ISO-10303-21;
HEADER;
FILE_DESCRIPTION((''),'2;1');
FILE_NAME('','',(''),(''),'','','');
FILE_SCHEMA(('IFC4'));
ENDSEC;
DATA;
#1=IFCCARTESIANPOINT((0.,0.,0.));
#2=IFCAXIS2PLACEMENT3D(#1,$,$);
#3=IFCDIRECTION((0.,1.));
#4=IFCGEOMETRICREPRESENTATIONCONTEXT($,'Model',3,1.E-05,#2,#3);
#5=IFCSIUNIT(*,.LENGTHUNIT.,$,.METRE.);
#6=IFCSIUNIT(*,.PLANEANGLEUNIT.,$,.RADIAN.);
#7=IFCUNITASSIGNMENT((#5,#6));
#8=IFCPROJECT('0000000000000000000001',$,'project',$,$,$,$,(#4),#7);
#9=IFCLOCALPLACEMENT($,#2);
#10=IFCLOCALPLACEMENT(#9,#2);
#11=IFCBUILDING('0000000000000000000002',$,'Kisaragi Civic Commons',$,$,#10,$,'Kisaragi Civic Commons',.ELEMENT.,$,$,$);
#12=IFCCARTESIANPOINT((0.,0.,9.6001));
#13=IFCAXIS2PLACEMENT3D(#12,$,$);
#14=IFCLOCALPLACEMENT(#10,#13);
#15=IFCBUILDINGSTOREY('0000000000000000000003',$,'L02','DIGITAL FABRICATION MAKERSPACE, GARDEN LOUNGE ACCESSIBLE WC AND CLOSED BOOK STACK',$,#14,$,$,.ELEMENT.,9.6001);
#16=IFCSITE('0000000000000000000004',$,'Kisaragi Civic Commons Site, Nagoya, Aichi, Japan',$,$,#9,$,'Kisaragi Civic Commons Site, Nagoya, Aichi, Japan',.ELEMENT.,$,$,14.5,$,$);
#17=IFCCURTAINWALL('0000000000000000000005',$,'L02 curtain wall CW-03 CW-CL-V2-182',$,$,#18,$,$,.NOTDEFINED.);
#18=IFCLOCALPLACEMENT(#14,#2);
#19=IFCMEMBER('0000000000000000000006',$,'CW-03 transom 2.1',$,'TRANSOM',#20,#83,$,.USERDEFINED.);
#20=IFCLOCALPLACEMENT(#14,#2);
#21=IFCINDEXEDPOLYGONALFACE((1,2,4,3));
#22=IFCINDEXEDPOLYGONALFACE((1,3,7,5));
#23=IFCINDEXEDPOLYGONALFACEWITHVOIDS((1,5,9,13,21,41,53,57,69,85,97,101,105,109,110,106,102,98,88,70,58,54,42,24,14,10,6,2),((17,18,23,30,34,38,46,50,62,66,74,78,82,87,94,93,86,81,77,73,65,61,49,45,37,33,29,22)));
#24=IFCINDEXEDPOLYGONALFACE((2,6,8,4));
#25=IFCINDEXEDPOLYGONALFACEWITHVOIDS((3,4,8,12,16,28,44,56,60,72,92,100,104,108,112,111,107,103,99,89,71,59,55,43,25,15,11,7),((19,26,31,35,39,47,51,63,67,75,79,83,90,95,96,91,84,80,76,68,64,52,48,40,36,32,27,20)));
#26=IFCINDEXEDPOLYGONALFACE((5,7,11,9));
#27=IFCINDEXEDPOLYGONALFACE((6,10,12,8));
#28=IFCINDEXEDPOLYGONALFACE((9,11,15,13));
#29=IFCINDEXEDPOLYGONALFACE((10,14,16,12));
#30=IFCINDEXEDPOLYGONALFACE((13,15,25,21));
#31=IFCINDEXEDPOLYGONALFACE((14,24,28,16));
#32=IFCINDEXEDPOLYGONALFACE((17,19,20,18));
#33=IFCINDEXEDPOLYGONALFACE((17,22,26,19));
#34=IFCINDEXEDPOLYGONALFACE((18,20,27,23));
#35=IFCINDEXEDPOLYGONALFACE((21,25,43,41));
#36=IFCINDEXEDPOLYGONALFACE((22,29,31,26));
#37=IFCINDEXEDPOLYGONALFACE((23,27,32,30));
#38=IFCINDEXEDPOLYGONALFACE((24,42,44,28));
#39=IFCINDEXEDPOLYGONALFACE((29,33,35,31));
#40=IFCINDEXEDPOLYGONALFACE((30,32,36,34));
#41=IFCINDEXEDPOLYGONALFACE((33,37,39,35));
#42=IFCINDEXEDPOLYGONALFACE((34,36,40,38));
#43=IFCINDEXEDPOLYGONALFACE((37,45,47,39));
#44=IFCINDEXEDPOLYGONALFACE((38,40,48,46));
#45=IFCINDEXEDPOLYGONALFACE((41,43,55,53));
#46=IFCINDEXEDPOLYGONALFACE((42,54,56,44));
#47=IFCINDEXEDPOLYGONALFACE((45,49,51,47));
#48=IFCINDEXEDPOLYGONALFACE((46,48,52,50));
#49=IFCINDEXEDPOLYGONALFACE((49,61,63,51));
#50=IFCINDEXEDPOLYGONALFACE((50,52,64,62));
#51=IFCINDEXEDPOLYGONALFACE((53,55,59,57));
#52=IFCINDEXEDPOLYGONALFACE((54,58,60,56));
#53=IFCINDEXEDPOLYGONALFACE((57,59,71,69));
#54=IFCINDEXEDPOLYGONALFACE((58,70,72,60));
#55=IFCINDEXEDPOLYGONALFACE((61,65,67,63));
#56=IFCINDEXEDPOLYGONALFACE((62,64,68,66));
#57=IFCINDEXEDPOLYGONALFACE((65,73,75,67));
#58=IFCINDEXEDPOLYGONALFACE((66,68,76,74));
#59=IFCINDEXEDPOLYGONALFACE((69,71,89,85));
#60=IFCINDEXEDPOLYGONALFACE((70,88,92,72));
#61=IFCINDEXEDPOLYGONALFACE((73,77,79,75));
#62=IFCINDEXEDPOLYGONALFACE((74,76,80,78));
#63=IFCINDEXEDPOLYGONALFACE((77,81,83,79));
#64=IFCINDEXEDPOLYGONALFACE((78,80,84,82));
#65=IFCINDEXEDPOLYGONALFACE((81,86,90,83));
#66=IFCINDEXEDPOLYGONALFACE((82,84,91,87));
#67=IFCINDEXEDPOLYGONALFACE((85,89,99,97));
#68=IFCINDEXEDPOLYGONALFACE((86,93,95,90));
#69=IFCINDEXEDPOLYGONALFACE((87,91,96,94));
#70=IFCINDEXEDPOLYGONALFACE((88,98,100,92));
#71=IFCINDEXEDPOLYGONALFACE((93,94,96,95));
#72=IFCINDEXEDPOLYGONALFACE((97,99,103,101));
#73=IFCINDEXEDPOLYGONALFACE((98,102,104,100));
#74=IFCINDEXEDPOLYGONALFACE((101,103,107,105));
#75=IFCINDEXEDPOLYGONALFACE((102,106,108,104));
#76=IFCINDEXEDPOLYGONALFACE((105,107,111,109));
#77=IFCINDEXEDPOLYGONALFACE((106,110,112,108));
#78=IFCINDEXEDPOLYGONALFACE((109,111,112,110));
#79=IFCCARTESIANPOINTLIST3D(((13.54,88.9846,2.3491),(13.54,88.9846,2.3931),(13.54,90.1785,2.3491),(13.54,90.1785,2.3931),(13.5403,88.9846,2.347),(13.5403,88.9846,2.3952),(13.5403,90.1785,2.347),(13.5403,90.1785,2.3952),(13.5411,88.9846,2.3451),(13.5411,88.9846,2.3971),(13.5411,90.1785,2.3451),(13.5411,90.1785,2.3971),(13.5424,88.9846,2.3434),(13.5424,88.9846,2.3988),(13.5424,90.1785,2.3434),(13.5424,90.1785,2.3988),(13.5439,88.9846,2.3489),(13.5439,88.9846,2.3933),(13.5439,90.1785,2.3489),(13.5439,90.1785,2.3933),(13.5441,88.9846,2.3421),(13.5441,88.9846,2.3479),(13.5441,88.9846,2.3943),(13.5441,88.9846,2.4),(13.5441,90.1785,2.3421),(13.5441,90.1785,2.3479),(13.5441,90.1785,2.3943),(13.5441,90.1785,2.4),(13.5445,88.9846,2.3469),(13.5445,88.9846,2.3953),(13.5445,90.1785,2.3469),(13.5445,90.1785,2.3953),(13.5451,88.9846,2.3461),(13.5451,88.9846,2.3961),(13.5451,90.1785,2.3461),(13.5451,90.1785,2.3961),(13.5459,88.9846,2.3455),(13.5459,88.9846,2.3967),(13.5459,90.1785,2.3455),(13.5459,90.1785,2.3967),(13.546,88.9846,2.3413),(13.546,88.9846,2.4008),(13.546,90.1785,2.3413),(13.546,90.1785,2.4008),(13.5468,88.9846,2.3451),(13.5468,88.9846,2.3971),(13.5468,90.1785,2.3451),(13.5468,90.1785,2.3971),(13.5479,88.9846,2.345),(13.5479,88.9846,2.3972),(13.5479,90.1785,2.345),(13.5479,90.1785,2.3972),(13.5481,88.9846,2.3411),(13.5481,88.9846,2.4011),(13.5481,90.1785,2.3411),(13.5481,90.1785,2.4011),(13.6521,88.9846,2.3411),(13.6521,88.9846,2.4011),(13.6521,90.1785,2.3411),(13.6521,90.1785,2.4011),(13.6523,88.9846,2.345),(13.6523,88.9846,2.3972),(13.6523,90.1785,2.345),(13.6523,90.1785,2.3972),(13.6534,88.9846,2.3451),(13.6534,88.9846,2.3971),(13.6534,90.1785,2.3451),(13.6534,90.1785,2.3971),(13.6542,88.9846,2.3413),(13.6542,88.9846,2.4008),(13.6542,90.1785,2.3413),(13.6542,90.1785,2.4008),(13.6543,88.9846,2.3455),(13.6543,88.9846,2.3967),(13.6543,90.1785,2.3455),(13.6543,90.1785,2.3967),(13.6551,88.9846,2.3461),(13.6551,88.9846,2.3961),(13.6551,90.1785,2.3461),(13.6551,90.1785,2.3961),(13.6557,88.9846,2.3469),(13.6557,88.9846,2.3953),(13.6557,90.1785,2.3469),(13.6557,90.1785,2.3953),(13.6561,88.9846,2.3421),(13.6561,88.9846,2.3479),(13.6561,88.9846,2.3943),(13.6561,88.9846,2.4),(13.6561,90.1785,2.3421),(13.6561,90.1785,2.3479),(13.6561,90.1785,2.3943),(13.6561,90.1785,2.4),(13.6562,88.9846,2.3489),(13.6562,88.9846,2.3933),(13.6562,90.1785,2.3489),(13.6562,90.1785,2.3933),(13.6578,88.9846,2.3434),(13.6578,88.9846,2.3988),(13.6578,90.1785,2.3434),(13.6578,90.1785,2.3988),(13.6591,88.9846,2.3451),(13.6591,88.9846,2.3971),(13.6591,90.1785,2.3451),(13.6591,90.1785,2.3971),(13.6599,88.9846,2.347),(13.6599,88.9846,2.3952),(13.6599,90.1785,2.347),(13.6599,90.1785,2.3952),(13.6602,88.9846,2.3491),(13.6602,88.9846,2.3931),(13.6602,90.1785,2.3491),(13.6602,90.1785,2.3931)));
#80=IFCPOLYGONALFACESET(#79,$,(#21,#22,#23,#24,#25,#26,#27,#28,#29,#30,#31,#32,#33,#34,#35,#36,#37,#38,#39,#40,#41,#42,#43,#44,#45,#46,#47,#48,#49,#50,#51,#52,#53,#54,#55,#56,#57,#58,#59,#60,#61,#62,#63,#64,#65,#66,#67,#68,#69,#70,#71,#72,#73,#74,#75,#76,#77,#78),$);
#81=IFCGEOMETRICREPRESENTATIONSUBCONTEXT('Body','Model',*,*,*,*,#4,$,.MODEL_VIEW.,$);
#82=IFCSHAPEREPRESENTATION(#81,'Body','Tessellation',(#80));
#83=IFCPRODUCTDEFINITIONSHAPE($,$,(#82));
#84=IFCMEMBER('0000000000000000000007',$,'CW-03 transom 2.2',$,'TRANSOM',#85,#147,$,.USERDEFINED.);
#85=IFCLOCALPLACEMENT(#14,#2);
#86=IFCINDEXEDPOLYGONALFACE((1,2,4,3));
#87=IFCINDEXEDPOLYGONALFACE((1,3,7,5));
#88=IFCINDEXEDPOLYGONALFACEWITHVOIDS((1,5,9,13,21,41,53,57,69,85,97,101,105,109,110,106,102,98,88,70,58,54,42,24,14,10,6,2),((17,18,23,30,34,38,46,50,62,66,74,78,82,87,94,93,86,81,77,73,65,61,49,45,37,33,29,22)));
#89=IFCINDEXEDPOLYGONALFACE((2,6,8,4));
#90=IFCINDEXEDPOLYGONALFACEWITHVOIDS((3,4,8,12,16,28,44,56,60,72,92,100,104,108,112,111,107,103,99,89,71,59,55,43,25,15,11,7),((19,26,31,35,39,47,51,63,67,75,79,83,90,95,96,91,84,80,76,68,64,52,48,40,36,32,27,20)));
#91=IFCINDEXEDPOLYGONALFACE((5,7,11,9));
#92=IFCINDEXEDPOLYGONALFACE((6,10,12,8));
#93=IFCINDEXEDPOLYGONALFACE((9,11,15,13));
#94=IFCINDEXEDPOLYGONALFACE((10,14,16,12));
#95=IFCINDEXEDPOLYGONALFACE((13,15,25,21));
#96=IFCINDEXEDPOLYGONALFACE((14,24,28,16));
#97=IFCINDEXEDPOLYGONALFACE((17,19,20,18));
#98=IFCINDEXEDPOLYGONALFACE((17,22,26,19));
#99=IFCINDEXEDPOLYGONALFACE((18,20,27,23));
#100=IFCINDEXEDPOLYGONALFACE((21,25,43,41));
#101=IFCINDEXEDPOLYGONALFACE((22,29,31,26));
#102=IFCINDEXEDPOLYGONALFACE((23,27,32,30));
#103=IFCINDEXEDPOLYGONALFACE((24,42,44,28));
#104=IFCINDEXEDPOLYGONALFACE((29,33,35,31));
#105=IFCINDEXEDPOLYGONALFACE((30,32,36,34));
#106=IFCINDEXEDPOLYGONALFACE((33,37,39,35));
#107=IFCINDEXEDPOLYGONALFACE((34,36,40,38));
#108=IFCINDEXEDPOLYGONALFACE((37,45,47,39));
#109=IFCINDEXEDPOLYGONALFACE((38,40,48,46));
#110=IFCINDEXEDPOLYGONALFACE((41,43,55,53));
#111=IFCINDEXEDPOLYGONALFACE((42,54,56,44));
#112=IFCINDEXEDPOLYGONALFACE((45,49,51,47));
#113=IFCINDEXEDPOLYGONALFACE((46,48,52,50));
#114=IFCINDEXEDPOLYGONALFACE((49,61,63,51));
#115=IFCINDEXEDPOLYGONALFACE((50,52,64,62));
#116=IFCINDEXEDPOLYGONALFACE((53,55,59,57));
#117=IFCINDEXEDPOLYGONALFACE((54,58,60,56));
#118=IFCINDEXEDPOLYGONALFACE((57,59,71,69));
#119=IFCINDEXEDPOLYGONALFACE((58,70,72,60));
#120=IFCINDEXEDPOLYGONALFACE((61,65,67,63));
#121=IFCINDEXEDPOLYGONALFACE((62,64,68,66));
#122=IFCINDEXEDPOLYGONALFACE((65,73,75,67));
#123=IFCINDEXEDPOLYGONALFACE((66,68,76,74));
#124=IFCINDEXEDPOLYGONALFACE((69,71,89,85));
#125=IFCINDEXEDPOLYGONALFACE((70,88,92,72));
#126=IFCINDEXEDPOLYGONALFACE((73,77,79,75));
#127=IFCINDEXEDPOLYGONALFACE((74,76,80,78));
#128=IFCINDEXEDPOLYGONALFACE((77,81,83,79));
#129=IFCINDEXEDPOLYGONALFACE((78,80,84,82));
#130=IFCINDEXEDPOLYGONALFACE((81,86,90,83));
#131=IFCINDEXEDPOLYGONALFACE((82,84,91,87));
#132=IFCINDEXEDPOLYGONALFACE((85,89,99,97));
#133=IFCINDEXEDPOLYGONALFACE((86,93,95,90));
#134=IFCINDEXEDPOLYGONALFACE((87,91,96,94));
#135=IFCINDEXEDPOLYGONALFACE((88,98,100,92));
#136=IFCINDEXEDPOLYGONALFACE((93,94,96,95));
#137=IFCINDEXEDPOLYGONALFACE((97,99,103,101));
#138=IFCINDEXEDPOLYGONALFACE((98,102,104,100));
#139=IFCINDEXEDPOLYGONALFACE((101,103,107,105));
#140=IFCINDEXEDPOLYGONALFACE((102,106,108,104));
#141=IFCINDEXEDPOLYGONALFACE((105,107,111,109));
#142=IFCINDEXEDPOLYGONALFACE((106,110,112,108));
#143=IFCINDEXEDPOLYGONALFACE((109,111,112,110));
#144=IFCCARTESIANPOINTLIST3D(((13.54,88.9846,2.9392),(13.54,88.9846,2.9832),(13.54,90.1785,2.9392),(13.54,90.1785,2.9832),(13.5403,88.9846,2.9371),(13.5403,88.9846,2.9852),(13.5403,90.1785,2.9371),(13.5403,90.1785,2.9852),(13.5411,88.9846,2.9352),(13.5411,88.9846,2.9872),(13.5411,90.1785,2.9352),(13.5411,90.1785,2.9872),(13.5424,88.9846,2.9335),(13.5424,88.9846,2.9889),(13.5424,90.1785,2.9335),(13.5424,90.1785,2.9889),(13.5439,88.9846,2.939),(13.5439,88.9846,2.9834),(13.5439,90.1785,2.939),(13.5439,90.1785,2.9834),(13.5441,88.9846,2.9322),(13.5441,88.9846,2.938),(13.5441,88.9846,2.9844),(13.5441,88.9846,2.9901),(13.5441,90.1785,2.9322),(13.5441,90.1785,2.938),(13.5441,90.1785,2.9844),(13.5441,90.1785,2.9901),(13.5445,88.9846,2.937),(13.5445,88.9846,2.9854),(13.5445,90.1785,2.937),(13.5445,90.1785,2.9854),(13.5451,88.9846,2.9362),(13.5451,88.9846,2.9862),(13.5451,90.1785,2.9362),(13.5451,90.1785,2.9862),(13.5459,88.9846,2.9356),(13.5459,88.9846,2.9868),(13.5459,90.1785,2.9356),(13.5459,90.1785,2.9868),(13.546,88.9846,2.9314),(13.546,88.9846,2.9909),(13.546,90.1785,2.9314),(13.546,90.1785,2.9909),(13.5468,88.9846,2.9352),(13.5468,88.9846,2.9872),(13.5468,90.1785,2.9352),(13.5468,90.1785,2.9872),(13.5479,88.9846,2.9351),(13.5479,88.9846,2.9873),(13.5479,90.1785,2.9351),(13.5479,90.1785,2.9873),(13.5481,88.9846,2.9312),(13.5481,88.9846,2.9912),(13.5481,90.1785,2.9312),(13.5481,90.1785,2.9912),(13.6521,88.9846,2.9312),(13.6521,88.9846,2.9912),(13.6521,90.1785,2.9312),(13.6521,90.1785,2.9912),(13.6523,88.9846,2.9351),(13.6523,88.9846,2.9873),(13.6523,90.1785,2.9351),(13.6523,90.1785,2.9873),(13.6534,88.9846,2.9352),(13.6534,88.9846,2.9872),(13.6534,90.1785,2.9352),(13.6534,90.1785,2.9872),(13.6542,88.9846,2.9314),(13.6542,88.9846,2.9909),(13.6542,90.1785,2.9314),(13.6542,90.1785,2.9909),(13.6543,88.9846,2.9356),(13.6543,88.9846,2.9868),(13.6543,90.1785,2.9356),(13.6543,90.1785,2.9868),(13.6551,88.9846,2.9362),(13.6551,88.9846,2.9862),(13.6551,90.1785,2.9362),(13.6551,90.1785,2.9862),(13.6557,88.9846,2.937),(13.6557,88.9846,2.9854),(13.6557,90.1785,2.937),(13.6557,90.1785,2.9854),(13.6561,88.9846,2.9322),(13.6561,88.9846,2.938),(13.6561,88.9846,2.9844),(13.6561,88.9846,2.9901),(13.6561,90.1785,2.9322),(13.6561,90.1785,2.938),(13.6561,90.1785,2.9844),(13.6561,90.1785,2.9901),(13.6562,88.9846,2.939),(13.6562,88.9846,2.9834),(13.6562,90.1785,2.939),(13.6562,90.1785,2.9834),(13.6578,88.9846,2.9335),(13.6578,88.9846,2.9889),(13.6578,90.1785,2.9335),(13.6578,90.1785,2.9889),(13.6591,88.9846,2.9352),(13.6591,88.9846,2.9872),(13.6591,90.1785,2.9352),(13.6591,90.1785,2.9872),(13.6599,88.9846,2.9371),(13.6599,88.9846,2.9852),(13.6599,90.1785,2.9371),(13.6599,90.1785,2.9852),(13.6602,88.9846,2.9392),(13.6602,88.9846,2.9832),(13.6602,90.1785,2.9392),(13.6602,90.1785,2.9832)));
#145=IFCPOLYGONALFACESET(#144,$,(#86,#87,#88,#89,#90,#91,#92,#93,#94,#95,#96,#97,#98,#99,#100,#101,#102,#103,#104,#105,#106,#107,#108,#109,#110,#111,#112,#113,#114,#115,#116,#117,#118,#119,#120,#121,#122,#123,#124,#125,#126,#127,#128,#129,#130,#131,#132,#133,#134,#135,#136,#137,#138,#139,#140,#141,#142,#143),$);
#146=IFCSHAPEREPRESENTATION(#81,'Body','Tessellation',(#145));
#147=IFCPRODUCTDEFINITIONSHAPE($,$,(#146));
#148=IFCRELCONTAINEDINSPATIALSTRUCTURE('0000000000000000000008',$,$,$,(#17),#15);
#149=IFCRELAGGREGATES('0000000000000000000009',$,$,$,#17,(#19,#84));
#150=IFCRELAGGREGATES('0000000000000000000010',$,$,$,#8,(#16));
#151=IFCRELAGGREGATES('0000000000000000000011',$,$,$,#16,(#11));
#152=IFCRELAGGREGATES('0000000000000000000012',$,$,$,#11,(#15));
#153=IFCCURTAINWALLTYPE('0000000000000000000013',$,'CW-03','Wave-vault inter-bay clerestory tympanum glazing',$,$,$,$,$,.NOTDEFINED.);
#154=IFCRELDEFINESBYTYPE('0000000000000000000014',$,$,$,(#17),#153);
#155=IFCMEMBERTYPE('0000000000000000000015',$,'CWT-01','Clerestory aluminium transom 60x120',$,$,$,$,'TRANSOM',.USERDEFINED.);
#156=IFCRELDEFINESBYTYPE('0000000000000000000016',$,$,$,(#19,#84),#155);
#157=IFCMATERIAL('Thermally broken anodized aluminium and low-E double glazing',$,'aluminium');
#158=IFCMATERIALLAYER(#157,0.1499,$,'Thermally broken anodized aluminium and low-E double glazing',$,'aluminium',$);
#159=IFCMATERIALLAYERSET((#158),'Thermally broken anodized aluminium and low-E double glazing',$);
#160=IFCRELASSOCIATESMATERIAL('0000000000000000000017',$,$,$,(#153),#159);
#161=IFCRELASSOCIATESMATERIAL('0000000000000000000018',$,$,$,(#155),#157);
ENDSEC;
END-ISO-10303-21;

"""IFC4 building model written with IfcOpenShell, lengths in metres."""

from ifc_helpers import new_model, si_unit, direction, frame, origin, origin_2d, place, context, subcontext, project, spatial, hollow_rectangle, extrude, material, layer, layer_set, material_profile, profile_set, type_object, element, aggregate, save


model = new_model("IFC4")

# Units and contexts
model_context = context("Model", 3, precision=1e-05, world=origin(), true_north=direction((0.0, 1.0)))
body_context = subcontext(model_context, "Body", "Model", "MODEL_VIEW")
ifc_project = project(units=[si_unit("LENGTHUNIT", "METRE"), si_unit("PLANEANGLEUNIT", "RADIAN")], contexts=[model_context])

# Site, building, storey
site_placement = place(None, origin())
site = spatial("IfcSite", under=ifc_project, at=site_placement, Name="Kisaragi Civic Commons Site, Nagoya, Aichi, Japan", LongName="Kisaragi Civic Commons Site, Nagoya, Aichi, Japan", CompositionType="ELEMENT", RefElevation=14.5)
building_placement = place(site_placement, origin())
building = spatial("IfcBuilding", under=site, at=building_placement, Name="Kisaragi Civic Commons", LongName="Kisaragi Civic Commons", CompositionType="ELEMENT")
storey_placement = place(building_placement, frame((0.0, 0.0, 9.6001)))
storey = spatial("IfcBuildingStorey", under=building, at=storey_placement, Name="L02", Description="DIGITAL FABRICATION MAKERSPACE, GARDEN LOUNGE ACCESSIBLE WC AND CLOSED BOOK STACK", CompositionType="ELEMENT", Elevation=9.6001)

# Curtain wall
ifc_material_1 = material(Name="Thermally broken anodized aluminium and low-E double glazing", Category="aluminium")
ifc_layer_1 = layer(ifc_material_1, 0.1499, Name="Thermally broken anodized aluminium and low-E double glazing", Category="aluminium")
ifc_layer_set_1 = layer_set([ifc_layer_1], Name="Thermally broken anodized aluminium and low-E double glazing")
curtain_wall_type = type_object("IfcCurtainWallType", Name="CW-03", Description="Wave-vault inter-bay clerestory tympanum glazing", PredefinedType="NOTDEFINED", material=ifc_layer_set_1)
curtain_wall_1_placement = place(storey_placement, origin())
curtain_wall_1 = element("IfcCurtainWall", 1, at=curtain_wall_1_placement, inside=storey, type_object=curtain_wall_type, Name="L02 curtain wall CW-03 CW-CL-V2-182", PredefinedType="NOTDEFINED")

# Members
ifc_material_profile_1 = material_profile(ifc_material_1, hollow_rectangle(XDim=0.1201, YDim=0.0601, WallThickness=0.0039, InnerFilletRadius=0.0039, OuterFilletRadius=0.0081, at=origin_2d()), Name="CWT-60x120x4", Category="aluminium")
ifc_profile_set_1 = profile_set([ifc_material_profile_1], Name="Thermally broken anodized aluminium and low-E double glazing")
member_type_1 = type_object("IfcMemberType", Name="CWT-01", Description="Clerestory aluminium transom 60x120", ElementType="TRANSOM", PredefinedType="USERDEFINED", material=ifc_profile_set_1)
member_1_placement = place(storey_placement, frame((13.6001, 88.9846, 2.3711), z_axis=(0.0, 1.0, 0.0), x_axis=(-1.0, 0.0, 0.0)))
member_1 = element("IfcMember", 2, at=member_1_placement, type_object=member_type_1, Name="CW-03 transom 2.1", ObjectType="TRANSOM", PredefinedType="USERDEFINED", context=body_context, shape_type="SweptSolid", body=[
    extrude(hollow_rectangle(XDim=0.1201, YDim=0.0601, WallThickness=0.0039, InnerFilletRadius=0.0039, OuterFilletRadius=0.0081, at=origin_2d()), origin(), (0.0, 0.0, 1.0), 1.1938),
])
member_2_placement = place(storey_placement, frame((13.6001, 88.9846, 2.9612), z_axis=(0.0, 1.0, 0.0), x_axis=(-1.0, 0.0, 0.0)))
member_2 = element("IfcMember", 3, at=member_2_placement, type_object=member_type_1, Name="CW-03 transom 2.2", ObjectType="TRANSOM", PredefinedType="USERDEFINED", context=body_context, shape_type="SweptSolid", body=[
    extrude(hollow_rectangle(XDim=0.1201, YDim=0.0601, WallThickness=0.0039, InnerFilletRadius=0.0039, OuterFilletRadius=0.0081, at=origin_2d()), origin(), (0.0, 0.0, 1.0), 1.1938),
])

aggregate(curtain_wall_1, [member_1, member_2])

save(model, "model.ifc")
